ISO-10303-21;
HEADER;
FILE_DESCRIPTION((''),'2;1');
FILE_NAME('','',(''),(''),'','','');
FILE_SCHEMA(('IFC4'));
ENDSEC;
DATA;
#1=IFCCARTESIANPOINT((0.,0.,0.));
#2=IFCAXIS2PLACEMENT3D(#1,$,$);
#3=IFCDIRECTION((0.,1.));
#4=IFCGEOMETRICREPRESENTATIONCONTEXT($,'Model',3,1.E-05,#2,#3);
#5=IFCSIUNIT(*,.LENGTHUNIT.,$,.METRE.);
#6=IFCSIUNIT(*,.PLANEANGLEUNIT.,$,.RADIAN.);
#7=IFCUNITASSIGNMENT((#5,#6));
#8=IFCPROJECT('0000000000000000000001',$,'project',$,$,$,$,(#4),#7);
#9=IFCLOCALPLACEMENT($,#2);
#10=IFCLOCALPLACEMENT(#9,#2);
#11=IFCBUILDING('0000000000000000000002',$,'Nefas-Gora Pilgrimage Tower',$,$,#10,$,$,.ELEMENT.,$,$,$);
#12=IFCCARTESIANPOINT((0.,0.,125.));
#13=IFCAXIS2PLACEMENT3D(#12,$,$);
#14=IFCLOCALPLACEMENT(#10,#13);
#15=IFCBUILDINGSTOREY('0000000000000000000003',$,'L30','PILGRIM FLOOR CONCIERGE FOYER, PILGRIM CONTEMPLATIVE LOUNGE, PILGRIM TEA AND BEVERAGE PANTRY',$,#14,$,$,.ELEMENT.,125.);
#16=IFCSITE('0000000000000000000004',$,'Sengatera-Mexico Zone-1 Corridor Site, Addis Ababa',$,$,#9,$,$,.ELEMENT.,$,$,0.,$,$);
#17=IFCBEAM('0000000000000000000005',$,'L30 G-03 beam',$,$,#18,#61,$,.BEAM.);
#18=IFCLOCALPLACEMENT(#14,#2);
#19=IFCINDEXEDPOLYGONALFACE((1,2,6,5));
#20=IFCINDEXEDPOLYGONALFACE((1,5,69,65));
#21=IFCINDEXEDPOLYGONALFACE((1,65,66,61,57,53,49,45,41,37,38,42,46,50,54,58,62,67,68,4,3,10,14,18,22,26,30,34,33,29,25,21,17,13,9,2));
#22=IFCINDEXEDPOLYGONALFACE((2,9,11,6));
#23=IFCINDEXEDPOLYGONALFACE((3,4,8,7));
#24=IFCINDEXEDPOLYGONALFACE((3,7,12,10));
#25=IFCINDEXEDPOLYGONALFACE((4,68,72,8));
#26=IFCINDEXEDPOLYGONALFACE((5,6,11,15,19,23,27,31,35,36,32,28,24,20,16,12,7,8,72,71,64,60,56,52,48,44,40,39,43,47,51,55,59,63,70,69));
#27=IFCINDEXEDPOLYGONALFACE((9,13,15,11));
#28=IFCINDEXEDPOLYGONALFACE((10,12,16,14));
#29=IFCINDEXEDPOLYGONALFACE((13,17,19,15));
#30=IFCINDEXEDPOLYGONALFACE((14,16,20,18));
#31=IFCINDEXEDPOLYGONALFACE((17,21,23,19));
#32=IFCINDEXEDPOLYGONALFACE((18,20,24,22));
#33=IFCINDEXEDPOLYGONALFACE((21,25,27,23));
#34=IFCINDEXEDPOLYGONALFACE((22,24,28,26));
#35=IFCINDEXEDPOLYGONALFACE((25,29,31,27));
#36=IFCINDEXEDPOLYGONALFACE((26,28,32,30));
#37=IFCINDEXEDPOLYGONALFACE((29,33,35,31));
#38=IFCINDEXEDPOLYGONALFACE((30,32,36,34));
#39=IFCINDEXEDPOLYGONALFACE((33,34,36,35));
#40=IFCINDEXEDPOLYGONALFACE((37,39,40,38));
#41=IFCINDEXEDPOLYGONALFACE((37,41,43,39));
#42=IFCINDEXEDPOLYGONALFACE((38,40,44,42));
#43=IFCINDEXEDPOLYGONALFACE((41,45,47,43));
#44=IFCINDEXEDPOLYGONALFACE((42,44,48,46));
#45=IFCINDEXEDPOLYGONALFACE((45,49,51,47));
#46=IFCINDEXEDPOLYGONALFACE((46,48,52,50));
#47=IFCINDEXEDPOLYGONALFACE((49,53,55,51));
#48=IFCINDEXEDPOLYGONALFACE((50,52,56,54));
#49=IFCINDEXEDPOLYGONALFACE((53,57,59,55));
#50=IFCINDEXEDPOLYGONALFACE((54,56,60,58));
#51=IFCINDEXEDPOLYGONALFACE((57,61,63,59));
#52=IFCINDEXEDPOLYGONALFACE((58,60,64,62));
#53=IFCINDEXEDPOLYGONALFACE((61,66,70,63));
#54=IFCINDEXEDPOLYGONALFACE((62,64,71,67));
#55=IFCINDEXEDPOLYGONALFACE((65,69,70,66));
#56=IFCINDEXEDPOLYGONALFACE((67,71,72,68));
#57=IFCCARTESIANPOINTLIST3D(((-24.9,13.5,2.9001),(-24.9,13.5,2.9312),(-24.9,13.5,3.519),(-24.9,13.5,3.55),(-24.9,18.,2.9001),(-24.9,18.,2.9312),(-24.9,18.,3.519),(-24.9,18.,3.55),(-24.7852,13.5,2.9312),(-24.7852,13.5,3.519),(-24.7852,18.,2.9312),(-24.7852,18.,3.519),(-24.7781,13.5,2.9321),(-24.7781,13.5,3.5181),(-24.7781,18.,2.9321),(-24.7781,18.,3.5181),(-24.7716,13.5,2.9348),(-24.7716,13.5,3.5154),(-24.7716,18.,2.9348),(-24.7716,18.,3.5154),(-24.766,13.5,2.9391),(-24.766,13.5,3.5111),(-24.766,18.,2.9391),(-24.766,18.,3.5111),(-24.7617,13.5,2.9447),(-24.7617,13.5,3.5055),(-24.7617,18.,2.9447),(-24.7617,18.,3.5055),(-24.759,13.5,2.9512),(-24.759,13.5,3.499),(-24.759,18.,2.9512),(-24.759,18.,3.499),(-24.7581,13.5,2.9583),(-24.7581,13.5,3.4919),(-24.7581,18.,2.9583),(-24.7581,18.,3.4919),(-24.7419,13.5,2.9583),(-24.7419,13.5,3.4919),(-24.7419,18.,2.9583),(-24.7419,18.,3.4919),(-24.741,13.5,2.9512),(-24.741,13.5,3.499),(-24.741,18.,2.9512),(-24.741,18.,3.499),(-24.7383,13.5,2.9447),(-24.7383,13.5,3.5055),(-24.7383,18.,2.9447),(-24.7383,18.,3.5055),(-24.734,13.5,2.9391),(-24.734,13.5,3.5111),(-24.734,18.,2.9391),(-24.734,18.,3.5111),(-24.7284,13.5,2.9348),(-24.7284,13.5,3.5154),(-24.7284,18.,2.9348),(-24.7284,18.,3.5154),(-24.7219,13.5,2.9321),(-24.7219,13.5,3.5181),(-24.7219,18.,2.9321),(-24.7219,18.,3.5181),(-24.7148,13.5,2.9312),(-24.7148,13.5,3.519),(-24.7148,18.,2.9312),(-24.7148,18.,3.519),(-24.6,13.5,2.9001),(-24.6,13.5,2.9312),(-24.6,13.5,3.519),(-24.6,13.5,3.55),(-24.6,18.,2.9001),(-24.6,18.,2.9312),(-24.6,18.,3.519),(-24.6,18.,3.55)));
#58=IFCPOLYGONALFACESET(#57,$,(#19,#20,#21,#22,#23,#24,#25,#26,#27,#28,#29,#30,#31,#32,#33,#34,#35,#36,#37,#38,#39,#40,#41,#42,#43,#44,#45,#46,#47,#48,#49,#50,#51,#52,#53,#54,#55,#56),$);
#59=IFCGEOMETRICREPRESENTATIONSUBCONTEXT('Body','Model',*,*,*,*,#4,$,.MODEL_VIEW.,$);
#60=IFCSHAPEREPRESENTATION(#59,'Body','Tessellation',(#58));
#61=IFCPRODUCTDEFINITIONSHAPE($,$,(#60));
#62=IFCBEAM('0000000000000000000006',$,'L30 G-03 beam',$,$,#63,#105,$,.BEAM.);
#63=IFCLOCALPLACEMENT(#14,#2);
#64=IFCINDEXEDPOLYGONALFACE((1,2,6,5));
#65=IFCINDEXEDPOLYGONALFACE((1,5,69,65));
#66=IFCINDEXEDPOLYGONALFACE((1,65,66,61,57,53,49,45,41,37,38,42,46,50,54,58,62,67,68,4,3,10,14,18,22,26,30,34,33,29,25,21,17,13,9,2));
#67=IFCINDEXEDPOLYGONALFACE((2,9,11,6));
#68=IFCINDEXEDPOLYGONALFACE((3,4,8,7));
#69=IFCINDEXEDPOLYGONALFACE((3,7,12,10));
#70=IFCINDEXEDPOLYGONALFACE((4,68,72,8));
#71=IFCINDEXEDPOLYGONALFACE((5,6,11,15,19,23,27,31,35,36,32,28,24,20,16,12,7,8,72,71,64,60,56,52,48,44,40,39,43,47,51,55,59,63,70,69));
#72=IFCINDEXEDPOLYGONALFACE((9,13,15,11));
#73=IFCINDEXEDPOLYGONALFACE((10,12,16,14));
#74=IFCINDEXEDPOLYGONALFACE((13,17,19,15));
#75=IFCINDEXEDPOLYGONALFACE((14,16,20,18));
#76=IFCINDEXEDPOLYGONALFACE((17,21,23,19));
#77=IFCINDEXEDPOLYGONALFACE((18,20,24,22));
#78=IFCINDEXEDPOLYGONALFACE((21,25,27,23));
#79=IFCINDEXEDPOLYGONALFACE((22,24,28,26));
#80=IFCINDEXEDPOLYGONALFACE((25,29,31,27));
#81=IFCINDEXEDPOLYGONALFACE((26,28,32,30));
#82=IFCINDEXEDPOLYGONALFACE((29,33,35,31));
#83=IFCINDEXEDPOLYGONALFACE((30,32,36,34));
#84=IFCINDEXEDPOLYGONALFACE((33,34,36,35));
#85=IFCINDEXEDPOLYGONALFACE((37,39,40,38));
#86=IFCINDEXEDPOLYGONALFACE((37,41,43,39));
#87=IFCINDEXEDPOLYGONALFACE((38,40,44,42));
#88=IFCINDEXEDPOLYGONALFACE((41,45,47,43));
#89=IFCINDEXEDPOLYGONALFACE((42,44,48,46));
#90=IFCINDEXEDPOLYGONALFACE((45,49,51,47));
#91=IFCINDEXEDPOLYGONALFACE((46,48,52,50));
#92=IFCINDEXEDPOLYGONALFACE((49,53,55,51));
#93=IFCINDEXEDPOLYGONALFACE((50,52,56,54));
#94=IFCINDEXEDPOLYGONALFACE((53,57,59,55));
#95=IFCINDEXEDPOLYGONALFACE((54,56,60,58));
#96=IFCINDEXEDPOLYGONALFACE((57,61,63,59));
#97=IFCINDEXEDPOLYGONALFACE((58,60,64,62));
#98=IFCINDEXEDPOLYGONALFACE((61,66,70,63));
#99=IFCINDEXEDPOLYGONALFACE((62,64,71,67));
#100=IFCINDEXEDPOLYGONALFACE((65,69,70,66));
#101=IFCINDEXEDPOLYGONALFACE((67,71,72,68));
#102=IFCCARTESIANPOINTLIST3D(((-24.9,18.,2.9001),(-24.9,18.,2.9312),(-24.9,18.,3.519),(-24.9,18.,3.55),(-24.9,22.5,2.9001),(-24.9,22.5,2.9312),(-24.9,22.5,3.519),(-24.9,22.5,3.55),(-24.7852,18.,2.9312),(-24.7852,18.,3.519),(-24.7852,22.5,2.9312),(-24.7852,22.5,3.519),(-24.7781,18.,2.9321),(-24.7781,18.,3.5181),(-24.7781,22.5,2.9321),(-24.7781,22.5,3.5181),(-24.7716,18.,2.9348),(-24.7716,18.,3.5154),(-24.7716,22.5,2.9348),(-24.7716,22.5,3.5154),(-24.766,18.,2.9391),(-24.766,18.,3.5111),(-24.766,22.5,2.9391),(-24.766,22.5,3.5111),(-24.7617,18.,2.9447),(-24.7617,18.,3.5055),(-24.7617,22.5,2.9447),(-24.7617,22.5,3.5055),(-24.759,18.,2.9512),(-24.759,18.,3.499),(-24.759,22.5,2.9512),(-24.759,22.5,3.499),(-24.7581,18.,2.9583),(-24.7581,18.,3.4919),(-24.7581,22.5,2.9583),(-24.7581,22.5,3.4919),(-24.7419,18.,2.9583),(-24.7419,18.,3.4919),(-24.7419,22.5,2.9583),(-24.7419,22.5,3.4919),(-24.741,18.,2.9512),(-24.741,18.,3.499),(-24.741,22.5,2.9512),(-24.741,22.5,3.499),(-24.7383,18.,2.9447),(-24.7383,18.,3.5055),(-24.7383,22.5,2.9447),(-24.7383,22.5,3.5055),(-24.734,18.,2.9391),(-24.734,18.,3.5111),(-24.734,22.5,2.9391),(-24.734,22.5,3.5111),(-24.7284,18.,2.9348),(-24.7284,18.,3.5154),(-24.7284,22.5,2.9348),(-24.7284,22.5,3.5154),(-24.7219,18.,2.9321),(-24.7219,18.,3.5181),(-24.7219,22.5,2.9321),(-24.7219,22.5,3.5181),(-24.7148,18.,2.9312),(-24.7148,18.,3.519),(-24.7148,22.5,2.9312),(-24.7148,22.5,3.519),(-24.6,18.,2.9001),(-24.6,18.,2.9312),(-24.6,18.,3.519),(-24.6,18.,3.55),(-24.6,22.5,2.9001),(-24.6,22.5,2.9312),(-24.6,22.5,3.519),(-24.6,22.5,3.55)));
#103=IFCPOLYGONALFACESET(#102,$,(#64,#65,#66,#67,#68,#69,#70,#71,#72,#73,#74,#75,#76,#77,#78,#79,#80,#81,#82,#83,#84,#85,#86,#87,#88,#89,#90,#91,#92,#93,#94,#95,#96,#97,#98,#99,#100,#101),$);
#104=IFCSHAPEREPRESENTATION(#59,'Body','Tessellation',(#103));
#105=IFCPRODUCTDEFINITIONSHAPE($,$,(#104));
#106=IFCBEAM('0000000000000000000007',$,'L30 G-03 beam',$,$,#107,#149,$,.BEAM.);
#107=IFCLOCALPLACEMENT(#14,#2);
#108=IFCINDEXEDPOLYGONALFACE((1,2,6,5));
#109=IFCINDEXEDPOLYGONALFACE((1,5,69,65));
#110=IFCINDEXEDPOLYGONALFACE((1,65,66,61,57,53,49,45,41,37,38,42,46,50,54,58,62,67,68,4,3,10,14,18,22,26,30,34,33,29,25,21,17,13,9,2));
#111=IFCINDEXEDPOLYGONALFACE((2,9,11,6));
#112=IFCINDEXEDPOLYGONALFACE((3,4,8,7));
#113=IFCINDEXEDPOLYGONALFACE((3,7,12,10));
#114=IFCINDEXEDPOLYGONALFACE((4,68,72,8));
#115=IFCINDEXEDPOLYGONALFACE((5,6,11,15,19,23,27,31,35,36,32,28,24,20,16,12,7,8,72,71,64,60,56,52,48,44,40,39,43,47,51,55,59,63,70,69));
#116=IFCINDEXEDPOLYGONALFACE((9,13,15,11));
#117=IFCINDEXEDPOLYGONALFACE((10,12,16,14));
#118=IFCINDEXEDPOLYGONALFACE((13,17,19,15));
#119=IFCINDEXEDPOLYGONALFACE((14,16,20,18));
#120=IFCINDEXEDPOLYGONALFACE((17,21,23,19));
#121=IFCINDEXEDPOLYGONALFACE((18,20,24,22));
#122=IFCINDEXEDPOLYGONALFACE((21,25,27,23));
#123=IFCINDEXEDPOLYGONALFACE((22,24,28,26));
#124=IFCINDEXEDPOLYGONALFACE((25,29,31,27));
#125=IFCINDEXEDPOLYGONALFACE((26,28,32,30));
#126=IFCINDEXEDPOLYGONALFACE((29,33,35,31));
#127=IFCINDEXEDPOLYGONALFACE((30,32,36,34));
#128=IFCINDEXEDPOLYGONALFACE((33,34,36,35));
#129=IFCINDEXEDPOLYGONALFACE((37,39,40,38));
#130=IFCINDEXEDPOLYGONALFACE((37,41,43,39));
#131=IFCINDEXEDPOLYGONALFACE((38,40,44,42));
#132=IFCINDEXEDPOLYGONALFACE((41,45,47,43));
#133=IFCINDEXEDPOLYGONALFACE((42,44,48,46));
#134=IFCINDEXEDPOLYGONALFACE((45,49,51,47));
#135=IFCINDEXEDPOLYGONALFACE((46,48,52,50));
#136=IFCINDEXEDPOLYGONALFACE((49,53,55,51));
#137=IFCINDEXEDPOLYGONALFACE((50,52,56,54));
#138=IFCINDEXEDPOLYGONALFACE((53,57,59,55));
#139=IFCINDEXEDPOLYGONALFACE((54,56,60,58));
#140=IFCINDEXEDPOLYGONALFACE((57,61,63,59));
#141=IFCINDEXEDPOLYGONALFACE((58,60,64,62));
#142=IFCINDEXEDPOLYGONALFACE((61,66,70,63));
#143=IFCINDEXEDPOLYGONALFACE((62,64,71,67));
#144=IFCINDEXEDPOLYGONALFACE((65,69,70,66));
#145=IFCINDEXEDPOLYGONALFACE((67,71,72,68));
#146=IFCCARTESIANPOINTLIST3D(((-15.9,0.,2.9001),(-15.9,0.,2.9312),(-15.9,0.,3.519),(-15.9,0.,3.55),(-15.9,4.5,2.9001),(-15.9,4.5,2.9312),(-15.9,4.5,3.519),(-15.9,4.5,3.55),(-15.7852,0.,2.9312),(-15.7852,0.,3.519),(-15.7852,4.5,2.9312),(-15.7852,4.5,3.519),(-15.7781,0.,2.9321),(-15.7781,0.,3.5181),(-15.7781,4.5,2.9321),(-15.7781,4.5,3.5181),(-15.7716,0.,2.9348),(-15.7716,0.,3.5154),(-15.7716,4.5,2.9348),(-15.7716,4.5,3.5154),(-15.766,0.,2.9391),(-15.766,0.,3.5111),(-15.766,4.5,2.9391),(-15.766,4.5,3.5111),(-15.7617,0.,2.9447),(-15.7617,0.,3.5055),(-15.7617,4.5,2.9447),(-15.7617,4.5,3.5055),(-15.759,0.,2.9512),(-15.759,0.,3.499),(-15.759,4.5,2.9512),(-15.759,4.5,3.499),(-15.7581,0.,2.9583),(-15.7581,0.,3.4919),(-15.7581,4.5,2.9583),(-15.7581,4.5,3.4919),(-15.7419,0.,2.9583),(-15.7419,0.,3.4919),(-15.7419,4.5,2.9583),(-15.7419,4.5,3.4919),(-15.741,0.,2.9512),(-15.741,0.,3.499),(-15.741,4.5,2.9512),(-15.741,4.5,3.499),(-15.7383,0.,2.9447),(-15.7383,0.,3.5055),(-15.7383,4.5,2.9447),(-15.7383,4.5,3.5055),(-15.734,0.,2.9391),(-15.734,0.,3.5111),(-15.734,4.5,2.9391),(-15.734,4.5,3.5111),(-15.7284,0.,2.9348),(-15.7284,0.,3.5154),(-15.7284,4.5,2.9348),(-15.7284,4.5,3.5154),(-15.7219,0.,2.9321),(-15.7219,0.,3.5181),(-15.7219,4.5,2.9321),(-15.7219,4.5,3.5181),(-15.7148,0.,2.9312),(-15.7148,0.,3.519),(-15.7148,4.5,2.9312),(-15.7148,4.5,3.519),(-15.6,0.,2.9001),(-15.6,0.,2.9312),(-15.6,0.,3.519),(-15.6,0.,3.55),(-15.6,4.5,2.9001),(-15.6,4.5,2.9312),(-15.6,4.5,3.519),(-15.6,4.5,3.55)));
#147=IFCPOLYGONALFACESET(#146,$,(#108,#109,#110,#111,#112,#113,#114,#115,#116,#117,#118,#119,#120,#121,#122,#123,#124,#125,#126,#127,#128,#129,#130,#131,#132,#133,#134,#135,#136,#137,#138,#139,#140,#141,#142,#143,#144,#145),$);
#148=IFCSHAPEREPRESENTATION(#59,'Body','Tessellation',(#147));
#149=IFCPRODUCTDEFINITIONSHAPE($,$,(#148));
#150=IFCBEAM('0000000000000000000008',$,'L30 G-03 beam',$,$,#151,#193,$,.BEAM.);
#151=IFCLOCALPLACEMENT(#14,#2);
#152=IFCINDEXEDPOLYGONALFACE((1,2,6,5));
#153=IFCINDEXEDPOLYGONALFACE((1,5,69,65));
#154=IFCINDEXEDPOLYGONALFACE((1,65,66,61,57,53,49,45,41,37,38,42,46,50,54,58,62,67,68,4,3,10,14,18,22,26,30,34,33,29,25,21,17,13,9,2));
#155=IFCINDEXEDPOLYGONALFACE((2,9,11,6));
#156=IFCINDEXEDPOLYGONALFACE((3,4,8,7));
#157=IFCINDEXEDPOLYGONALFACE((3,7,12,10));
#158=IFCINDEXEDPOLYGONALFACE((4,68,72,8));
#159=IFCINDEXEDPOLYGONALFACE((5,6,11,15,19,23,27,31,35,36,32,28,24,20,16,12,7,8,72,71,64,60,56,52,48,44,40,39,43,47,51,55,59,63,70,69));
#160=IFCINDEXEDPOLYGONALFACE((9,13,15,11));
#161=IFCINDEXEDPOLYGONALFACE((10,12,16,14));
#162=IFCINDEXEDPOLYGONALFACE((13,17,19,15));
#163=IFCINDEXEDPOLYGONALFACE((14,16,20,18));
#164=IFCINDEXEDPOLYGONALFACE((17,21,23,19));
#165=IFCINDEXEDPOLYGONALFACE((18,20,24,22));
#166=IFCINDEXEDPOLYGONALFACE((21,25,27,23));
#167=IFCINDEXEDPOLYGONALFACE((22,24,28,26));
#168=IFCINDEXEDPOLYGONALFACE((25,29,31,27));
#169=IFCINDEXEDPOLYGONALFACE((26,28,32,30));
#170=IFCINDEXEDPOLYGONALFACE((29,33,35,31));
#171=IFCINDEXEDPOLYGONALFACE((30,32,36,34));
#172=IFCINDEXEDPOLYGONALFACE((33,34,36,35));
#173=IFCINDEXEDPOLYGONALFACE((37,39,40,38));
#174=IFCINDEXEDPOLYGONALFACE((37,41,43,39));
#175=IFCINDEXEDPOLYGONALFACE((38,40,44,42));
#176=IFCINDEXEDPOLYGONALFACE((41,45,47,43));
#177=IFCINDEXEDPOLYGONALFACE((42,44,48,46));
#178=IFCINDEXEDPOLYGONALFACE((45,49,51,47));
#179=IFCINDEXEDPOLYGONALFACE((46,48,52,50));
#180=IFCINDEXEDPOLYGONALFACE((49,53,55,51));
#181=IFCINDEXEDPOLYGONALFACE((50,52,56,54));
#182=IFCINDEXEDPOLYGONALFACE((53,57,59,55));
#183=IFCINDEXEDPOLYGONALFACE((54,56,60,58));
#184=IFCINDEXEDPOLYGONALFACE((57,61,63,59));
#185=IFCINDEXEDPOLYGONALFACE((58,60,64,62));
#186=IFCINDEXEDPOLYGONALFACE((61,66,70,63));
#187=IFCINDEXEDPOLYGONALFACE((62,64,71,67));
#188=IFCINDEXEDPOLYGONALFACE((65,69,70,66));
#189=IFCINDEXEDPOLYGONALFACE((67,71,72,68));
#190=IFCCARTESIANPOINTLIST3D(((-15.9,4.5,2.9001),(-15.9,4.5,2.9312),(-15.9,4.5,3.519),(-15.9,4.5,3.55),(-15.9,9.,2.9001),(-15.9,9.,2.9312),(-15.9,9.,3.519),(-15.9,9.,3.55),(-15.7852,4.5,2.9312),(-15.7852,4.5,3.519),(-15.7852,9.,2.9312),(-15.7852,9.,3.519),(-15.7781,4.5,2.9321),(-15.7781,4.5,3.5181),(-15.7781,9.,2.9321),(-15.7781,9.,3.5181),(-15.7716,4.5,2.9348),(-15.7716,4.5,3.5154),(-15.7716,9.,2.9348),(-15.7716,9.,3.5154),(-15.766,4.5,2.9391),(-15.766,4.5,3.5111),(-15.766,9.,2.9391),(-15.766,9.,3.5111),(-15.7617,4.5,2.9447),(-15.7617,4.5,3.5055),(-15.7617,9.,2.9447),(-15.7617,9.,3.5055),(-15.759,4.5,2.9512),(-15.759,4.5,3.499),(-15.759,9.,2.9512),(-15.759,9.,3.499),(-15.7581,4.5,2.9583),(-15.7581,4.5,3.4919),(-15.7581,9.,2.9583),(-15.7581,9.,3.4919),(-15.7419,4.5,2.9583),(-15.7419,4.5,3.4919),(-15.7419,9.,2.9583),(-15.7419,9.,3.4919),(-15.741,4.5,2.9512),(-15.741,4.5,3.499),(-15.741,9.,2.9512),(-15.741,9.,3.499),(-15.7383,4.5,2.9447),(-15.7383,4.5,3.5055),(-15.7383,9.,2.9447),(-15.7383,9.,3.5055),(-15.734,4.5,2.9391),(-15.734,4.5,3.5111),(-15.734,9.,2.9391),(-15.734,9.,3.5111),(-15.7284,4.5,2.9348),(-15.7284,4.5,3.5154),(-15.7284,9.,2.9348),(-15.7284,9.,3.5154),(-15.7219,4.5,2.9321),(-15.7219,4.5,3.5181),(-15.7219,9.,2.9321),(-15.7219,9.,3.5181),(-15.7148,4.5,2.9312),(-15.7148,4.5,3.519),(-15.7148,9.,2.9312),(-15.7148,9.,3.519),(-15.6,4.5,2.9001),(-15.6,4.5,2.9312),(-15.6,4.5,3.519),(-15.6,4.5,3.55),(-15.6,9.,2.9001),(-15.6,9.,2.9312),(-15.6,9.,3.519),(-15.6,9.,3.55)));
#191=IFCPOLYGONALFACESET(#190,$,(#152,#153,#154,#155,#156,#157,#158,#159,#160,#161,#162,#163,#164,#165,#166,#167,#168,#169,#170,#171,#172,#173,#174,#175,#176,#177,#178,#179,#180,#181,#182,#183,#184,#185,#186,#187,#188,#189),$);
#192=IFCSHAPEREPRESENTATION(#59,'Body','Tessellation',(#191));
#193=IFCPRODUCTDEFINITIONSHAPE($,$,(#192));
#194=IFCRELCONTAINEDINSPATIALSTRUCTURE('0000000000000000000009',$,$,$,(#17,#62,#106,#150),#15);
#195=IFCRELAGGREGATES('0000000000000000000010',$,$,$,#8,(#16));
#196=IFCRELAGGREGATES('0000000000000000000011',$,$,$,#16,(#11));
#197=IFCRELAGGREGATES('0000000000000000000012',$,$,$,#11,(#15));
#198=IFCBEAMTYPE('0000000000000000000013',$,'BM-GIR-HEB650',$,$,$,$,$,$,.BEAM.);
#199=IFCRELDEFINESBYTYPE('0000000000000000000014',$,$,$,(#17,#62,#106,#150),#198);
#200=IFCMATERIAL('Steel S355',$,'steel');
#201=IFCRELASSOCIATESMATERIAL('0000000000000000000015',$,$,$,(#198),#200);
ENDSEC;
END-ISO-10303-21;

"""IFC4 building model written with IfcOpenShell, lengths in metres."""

from ifc_helpers import new_model, si_unit, direction, frame, origin, origin_2d, place, context, subcontext, project, spatial, i_section, extrude, source, transform, mapped, material, material_profile, profile_set, type_object, element, save


model = new_model("IFC4")

# Units and contexts
model_context = context("Model", 3, precision=1e-05, world=origin(), true_north=direction((0.0, 1.0)))
body_context = subcontext(model_context, "Body", "Model", "MODEL_VIEW")
ifc_project = project(units=[si_unit("LENGTHUNIT", "METRE"), si_unit("PLANEANGLEUNIT", "RADIAN")], contexts=[model_context])

# Site, building, storey
site_placement = place(None, origin())
site = spatial("IfcSite", under=ifc_project, at=site_placement, Name="Sengatera-Mexico Zone-1 Corridor Site, Addis Ababa", CompositionType="ELEMENT", RefElevation=0.0)
building_placement = place(site_placement, origin())
building = spatial("IfcBuilding", under=site, at=building_placement, Name="Nefas-Gora Pilgrimage Tower", CompositionType="ELEMENT")
storey_placement = place(building_placement, frame((0.0, 0.0, 125.0)))
storey = spatial("IfcBuildingStorey", under=building, at=storey_placement, Name="L30", Description="PILGRIM FLOOR CONCIERGE FOYER, PILGRIM CONTEMPLATIVE LOUNGE, PILGRIM TEA AND BEVERAGE PANTRY", CompositionType="ELEMENT", Elevation=125.0)

# Beams
ifc_material_1 = material(Name="Steel S355", Category="steel")
ifc_material_profile_1 = material_profile(ifc_material_1, i_section(OverallWidth=0.3, OverallDepth=0.6499, WebThickness=0.0161, FlangeThickness=0.031, FilletRadius=0.0271, at=origin_2d()), Name="HEB 650")
ifc_profile_set_1 = profile_set([ifc_material_profile_1], Name="Steel S355")
beam_type_1 = type_object("IfcBeamType", Name="BM-GIR-HEB650", PredefinedType="BEAM", material=ifc_profile_set_1)
shared_shape_1 = source(origin(), body_context, "Body", "SweptSolid", [
    extrude(i_section(OverallWidth=0.3, OverallDepth=0.6499, WebThickness=0.0161, FlangeThickness=0.031, FilletRadius=0.0271, at=origin_2d()), origin(), (0.0, 0.0, 1.0), 4.5),
])
for number, where, z_axis, x_axis, name in (
    (1, (-24.75, 13.5, 3.2251), (0.0, 1.0, 0.0), (-1.0, 0.0, 0.0), "L30 G-03 beam"),
    (2, (-24.75, 18.0, 3.2251), (0.0, 1.0, 0.0), (-1.0, 0.0, 0.0), "L30 G-03 beam"),
    (3, (-15.75, 0.0, 3.2251), (0.0, 1.0, 0.0), (-1.0, 0.0, 0.0), "L30 G-03 beam"),
    (4, (-15.75, 4.5, 3.2251), (0.0, 1.0, 0.0), (-1.0, 0.0, 0.0), "L30 G-03 beam"),
):
    element("IfcBeam", number, at=place(storey_placement, frame(where, z_axis=z_axis, x_axis=x_axis)), inside=storey, type_object=beam_type_1, Name=name, PredefinedType="BEAM", context=body_context, shape_type="MappedRepresentation", body=[
        mapped(shared_shape_1, transform((0.0, 0.0, 0.0), x_axis=(1.0, 0.0, 0.0), y_axis=(0.0, 1.0, 0.0), z_axis=(0.0, 0.0, 1.0), scale=1.0)),
    ])

save(model, "model.ifc")
